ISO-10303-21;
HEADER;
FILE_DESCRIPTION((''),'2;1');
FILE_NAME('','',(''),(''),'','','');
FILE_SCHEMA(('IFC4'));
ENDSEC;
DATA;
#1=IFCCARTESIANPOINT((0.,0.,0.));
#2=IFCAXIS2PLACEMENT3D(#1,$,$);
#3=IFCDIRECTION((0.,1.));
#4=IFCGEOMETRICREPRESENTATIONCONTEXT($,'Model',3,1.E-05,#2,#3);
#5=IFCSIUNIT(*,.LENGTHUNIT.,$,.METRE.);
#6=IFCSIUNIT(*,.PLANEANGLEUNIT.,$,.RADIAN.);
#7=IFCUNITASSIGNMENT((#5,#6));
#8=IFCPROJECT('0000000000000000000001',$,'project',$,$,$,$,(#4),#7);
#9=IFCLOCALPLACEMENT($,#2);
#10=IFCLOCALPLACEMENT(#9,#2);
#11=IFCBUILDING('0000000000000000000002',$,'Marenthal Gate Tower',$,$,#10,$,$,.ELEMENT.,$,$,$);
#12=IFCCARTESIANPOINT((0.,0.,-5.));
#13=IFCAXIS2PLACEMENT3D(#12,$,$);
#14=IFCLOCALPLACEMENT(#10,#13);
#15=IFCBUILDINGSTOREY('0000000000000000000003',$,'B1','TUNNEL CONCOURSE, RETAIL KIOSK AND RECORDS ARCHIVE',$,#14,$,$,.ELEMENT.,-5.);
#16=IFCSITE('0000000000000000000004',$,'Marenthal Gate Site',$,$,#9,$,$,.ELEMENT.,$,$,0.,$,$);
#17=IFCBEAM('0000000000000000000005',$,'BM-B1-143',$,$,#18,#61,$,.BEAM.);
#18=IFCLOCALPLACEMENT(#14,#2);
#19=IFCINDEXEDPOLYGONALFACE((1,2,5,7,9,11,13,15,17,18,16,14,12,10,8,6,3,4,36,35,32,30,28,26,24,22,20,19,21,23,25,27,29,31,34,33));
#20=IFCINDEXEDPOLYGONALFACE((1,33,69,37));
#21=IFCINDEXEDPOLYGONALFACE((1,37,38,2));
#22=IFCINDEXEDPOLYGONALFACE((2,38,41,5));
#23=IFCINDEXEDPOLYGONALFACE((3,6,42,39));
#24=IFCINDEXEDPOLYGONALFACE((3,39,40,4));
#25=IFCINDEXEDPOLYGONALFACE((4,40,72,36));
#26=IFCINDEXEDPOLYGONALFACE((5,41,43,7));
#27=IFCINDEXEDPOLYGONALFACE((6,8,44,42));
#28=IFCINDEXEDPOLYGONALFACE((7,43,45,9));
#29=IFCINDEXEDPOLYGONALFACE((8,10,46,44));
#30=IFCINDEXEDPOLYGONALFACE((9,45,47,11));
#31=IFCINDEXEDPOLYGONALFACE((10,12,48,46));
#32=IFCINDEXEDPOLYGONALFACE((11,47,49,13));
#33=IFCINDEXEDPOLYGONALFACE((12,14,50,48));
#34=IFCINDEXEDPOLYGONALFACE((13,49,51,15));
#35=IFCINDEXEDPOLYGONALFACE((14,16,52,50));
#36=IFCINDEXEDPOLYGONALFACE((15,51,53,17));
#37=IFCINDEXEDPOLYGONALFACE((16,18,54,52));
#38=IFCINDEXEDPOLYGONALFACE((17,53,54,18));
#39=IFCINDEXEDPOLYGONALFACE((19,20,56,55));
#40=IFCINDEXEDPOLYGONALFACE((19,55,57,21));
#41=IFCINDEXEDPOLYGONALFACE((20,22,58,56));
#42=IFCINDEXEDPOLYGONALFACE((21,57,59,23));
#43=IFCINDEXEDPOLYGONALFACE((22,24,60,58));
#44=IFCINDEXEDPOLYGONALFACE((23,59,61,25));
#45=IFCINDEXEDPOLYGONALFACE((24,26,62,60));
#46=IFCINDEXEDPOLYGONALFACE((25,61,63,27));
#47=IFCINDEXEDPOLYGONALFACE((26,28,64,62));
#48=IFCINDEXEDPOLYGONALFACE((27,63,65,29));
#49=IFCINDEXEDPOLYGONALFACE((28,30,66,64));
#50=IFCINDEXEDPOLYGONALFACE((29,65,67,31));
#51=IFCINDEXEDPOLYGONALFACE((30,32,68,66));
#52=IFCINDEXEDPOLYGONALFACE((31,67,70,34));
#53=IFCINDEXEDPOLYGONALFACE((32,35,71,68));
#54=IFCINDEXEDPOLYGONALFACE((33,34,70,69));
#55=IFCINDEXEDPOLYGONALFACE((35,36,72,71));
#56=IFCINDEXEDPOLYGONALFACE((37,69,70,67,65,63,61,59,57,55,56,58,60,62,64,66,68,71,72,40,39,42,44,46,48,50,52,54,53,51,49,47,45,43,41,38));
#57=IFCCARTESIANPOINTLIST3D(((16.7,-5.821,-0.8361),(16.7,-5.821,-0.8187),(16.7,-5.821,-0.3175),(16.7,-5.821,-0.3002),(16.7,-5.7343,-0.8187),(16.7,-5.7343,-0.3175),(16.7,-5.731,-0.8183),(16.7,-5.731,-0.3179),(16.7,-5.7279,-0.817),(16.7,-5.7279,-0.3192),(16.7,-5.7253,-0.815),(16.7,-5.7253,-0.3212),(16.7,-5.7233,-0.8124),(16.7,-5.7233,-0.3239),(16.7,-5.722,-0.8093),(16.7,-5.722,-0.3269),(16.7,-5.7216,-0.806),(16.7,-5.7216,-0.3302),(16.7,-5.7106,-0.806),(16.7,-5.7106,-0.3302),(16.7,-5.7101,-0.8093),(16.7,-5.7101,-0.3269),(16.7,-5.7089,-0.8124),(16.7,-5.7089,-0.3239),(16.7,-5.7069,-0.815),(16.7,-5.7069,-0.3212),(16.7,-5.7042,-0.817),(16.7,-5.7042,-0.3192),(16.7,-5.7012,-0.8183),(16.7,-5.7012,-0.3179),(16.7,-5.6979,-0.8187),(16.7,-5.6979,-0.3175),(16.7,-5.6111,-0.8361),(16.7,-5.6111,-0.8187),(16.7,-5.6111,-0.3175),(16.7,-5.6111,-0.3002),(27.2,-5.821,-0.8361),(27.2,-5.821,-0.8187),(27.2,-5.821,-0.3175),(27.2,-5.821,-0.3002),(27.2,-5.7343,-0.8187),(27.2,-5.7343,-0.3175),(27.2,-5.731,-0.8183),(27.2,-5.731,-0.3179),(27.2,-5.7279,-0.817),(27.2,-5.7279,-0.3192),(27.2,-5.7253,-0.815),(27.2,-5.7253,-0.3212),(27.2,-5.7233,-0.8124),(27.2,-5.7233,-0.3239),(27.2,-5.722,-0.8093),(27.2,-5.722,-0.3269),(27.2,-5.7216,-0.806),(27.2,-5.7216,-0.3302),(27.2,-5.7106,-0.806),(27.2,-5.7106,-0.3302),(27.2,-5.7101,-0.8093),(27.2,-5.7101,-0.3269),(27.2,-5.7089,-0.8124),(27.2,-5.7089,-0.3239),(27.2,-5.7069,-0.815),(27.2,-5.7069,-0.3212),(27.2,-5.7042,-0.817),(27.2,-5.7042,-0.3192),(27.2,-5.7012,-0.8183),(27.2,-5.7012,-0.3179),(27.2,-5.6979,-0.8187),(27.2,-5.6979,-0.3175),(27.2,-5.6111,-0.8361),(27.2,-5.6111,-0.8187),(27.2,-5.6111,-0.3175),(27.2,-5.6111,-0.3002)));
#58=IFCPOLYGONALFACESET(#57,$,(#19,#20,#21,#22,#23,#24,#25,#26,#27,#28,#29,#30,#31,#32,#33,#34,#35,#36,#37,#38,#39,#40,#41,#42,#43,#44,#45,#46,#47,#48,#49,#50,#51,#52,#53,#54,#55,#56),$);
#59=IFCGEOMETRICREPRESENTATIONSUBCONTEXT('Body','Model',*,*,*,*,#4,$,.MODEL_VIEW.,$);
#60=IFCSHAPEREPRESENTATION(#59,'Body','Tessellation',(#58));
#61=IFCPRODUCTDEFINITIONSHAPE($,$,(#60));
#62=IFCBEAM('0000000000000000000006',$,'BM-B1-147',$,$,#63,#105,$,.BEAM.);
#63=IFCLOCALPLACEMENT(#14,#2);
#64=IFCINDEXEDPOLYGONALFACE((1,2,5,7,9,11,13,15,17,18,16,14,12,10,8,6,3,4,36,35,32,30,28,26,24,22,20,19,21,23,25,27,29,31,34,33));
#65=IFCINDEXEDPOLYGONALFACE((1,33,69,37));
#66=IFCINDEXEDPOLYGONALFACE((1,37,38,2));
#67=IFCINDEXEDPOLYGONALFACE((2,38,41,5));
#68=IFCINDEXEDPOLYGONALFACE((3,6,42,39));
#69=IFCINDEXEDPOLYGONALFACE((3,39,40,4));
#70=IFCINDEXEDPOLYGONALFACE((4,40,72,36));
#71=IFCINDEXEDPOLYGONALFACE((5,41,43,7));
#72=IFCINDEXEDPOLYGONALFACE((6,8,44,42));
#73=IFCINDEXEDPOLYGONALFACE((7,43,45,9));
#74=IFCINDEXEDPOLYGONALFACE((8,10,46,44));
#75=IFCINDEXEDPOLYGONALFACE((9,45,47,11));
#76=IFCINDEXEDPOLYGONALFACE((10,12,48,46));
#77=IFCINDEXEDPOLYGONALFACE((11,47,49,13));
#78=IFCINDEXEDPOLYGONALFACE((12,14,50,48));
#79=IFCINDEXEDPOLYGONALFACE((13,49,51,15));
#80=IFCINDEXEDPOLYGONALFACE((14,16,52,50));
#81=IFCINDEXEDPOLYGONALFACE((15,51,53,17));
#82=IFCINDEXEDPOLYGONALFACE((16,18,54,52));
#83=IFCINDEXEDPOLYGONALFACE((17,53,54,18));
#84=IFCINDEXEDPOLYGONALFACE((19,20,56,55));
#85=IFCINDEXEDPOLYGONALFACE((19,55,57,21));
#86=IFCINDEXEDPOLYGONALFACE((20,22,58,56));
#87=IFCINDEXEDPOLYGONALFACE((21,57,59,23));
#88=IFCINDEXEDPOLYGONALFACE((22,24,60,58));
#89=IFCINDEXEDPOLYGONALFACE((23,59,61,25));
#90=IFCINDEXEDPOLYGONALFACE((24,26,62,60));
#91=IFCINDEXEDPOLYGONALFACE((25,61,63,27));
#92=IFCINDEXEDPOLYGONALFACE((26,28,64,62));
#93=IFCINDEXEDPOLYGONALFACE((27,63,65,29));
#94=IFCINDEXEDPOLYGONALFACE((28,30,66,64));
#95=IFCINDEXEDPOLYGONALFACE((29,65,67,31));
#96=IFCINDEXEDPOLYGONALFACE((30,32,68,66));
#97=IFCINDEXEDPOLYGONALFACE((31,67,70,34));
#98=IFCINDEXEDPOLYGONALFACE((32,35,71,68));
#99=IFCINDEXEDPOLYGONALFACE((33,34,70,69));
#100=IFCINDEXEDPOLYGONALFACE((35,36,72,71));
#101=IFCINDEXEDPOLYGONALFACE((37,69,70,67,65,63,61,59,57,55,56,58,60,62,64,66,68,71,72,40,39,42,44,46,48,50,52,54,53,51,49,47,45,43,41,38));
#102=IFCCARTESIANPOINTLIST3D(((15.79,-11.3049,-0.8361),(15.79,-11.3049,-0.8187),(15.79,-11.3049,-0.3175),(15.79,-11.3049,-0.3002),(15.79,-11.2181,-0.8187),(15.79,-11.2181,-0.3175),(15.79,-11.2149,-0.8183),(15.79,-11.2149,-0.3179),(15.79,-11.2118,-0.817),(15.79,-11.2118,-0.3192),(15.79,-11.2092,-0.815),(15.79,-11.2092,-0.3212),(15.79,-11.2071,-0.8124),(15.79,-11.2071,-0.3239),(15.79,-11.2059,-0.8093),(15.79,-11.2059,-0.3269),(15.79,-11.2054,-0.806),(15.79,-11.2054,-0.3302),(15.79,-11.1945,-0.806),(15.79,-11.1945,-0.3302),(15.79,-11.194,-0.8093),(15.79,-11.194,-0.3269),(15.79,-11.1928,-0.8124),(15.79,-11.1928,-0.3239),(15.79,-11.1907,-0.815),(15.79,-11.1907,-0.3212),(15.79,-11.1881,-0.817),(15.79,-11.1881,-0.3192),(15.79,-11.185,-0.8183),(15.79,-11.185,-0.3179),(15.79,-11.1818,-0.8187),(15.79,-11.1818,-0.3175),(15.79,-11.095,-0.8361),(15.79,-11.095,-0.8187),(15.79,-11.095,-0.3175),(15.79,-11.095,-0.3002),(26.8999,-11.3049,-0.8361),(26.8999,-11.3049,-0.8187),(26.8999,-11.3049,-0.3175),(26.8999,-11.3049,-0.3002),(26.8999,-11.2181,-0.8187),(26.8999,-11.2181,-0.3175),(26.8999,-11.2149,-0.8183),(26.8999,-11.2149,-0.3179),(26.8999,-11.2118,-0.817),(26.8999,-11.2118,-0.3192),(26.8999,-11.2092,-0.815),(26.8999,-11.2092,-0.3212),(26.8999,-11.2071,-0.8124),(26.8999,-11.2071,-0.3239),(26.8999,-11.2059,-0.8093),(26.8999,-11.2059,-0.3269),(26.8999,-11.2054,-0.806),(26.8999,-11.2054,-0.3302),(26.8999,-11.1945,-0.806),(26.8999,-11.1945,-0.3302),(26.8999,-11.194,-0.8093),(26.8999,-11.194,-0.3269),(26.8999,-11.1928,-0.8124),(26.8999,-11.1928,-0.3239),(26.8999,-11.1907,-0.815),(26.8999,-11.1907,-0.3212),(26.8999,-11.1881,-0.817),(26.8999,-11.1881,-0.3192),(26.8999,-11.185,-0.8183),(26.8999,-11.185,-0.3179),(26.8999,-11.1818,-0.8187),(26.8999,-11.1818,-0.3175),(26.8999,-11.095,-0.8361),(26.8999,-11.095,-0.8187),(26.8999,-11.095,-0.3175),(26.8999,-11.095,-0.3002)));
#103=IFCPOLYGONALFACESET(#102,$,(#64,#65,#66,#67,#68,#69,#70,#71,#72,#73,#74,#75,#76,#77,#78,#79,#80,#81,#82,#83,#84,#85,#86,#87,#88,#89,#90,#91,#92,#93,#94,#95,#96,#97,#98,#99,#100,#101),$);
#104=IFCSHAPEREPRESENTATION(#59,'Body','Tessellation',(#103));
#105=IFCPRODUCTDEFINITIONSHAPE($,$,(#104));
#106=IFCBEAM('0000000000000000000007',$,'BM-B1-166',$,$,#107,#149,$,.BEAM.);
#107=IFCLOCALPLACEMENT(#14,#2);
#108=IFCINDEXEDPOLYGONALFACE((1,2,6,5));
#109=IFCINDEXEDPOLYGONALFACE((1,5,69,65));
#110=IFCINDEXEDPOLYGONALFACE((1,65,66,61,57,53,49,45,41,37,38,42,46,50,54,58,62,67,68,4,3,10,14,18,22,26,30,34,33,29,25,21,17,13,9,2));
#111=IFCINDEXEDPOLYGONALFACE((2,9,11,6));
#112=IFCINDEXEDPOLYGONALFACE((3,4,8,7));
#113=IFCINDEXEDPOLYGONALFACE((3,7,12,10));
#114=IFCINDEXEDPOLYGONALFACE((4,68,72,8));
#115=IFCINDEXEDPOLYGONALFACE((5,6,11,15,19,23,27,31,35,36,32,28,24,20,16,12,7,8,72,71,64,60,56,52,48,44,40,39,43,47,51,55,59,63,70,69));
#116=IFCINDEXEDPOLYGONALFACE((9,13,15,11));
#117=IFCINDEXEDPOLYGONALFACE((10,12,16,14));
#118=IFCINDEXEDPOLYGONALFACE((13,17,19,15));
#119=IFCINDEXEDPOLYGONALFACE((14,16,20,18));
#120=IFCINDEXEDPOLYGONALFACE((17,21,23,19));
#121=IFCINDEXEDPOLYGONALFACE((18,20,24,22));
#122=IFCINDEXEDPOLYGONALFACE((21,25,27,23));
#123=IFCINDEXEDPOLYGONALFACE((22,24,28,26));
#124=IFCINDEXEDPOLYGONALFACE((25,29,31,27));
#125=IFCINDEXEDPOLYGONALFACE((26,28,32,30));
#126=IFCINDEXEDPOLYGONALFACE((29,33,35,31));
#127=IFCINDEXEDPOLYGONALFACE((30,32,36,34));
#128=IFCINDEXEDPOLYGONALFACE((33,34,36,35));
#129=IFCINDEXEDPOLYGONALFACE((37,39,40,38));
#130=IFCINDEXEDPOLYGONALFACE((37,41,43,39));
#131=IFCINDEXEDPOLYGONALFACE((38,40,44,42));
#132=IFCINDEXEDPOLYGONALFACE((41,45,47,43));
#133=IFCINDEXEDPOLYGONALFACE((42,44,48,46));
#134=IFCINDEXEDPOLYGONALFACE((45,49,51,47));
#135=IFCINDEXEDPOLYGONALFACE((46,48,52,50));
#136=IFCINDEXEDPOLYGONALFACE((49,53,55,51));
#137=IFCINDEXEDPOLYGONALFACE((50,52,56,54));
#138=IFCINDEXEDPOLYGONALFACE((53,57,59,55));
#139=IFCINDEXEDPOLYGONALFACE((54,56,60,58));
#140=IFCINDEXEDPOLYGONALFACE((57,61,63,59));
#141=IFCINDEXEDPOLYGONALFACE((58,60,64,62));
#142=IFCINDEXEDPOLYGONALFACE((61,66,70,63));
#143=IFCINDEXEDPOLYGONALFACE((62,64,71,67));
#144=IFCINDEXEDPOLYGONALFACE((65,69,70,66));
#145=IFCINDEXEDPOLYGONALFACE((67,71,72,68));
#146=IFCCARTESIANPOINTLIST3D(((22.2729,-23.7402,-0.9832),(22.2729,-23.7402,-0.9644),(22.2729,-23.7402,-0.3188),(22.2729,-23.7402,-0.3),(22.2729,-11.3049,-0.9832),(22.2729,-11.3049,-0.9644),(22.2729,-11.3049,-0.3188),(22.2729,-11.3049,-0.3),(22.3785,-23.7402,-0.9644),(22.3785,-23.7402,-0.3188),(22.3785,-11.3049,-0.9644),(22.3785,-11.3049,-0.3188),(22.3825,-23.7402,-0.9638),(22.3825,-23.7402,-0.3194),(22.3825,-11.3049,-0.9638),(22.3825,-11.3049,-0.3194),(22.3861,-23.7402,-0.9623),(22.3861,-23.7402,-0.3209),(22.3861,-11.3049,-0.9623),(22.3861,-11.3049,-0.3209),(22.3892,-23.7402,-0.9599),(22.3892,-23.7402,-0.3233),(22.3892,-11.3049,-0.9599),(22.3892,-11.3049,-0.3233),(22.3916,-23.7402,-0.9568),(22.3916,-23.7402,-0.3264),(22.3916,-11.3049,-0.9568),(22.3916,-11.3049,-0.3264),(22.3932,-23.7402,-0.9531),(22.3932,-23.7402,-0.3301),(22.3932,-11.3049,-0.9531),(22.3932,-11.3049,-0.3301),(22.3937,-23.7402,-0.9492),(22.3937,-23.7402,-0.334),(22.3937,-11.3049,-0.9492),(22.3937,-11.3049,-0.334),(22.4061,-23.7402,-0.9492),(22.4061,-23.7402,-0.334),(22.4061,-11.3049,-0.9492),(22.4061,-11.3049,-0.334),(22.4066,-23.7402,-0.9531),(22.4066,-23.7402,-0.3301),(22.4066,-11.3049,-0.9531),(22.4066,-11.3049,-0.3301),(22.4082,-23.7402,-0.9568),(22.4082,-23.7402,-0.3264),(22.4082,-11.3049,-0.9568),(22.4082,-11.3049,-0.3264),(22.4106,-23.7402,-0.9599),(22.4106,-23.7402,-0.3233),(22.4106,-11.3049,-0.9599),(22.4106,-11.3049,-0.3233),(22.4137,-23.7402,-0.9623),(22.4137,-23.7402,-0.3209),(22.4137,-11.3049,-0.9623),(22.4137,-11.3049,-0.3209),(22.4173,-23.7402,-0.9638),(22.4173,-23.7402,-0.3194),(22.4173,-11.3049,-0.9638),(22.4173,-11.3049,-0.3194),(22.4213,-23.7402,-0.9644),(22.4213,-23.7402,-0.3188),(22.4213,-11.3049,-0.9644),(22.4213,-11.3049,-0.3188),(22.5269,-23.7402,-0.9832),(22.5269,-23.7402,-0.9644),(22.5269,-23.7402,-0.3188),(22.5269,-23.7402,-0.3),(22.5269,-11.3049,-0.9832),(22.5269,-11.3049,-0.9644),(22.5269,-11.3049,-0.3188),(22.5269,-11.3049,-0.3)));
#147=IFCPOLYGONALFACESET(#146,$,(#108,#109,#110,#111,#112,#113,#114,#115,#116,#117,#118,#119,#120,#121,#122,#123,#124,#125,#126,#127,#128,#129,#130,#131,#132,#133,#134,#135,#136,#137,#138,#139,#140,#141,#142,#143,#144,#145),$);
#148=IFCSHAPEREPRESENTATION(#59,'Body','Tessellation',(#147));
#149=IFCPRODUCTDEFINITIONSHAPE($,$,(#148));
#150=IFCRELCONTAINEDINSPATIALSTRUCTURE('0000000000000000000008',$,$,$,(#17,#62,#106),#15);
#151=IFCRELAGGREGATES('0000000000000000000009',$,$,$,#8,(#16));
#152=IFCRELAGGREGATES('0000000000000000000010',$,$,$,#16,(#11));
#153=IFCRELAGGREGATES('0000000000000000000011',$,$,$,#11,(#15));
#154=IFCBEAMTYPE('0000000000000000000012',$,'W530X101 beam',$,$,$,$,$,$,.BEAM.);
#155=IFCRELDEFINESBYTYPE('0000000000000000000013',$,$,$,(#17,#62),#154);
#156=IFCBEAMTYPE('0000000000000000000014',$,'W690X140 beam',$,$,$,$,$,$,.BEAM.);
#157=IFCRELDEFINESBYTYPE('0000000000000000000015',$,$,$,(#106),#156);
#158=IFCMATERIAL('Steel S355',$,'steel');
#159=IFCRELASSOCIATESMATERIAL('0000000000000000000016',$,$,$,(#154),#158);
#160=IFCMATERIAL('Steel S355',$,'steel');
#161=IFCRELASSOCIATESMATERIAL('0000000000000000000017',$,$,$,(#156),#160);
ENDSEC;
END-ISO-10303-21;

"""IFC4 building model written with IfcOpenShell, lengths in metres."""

from ifc_helpers import new_model, si_unit, direction, frame, origin, origin_2d, place, context, subcontext, project, spatial, i_section, extrude, material, material_profile, profile_set, type_object, element, save


model = new_model("IFC4")

# Units and contexts
model_context = context("Model", 3, precision=1e-05, world=origin(), true_north=direction((0.0, 1.0)))
body_context = subcontext(model_context, "Body", "Model", "MODEL_VIEW")
ifc_project = project(units=[si_unit("LENGTHUNIT", "METRE"), si_unit("PLANEANGLEUNIT", "RADIAN")], contexts=[model_context])

# Site, building, storey
site_placement = place(None, origin())
site = spatial("IfcSite", under=ifc_project, at=site_placement, Name="Marenthal Gate Site", CompositionType="ELEMENT", RefElevation=0.0)
building_placement = place(site_placement, origin())
building = spatial("IfcBuilding", under=site, at=building_placement, Name="Marenthal Gate Tower", CompositionType="ELEMENT")
storey_placement = place(building_placement, frame((0.0, 0.0, -5.0)))
storey = spatial("IfcBuildingStorey", under=building, at=storey_placement, Name="B1", Description="TUNNEL CONCOURSE, RETAIL KIOSK AND RECORDS ARCHIVE", CompositionType="ELEMENT", Elevation=-5.0)

# Beams
ifc_material_1 = material(Name="Steel S355", Category="steel")
ifc_material_profile_1 = material_profile(ifc_material_1, i_section(OverallWidth=0.21, OverallDepth=0.5359, WebThickness=0.011, FlangeThickness=0.0173, FilletRadius=0.0127, at=origin_2d()), Name="W530X101")
ifc_profile_set_1 = profile_set([ifc_material_profile_1], Name="Steel S355")
beam_type_1 = type_object("IfcBeamType", Name="W530X101 beam", PredefinedType="BEAM", material=ifc_profile_set_1)
beam_1_placement = place(storey_placement, frame((16.7, -5.7161, -0.5681), z_axis=(1.0, 0.0, 0.0), x_axis=(0.0, 1.0, 0.0)))
element("IfcBeam", 1, at=beam_1_placement, inside=storey, type_object=beam_type_1, Name="BM-B1-143", PredefinedType="BEAM", context=body_context, shape_type="SweptSolid", body=[
    extrude(i_section(OverallWidth=0.21, OverallDepth=0.5359, WebThickness=0.011, FlangeThickness=0.0173, FilletRadius=0.0127, at=origin_2d()), origin(), (0.0, 0.0, 1.0), 10.5),
])
beam_2_placement = place(storey_placement, frame((15.79, -11.2, -0.5681), z_axis=(1.0, 0.0, 0.0), x_axis=(0.0, 1.0, 0.0)))
element("IfcBeam", 2, at=beam_2_placement, inside=storey, type_object=beam_type_1, Name="BM-B1-147", PredefinedType="BEAM", context=body_context, shape_type="SweptSolid", body=[
    extrude(i_section(OverallWidth=0.21, OverallDepth=0.5359, WebThickness=0.011, FlangeThickness=0.0173, FilletRadius=0.0127, at=origin_2d()), origin(), (0.0, 0.0, 1.0), 11.1099),
])
ifc_material_2 = material(Name="Steel S355", Category="steel")
ifc_material_profile_2 = material_profile(ifc_material_2, i_section(OverallWidth=0.2539, OverallDepth=0.6831, WebThickness=0.0125, FlangeThickness=0.0188, FilletRadius=0.0151, at=origin_2d()), Name="W690X140")
ifc_profile_set_2 = profile_set([ifc_material_profile_2], Name="Steel S355")
beam_type_2 = type_object("IfcBeamType", Name="W690X140 beam", PredefinedType="BEAM", material=ifc_profile_set_2)
beam_3_placement = place(storey_placement, frame((22.3999, -11.3049, -0.6416), z_axis=(0.0, -1.0, 0.0), x_axis=(1.0, 0.0, 0.0)))
element("IfcBeam", 3, at=beam_3_placement, inside=storey, type_object=beam_type_2, Name="BM-B1-166", PredefinedType="BEAM", context=body_context, shape_type="SweptSolid", body=[
    extrude(i_section(OverallWidth=0.2539, OverallDepth=0.6831, WebThickness=0.0125, FlangeThickness=0.0188, FilletRadius=0.0151, at=origin_2d()), origin(), (0.0, 0.0, 1.0), 12.4353),
])

save(model, "model.ifc")
